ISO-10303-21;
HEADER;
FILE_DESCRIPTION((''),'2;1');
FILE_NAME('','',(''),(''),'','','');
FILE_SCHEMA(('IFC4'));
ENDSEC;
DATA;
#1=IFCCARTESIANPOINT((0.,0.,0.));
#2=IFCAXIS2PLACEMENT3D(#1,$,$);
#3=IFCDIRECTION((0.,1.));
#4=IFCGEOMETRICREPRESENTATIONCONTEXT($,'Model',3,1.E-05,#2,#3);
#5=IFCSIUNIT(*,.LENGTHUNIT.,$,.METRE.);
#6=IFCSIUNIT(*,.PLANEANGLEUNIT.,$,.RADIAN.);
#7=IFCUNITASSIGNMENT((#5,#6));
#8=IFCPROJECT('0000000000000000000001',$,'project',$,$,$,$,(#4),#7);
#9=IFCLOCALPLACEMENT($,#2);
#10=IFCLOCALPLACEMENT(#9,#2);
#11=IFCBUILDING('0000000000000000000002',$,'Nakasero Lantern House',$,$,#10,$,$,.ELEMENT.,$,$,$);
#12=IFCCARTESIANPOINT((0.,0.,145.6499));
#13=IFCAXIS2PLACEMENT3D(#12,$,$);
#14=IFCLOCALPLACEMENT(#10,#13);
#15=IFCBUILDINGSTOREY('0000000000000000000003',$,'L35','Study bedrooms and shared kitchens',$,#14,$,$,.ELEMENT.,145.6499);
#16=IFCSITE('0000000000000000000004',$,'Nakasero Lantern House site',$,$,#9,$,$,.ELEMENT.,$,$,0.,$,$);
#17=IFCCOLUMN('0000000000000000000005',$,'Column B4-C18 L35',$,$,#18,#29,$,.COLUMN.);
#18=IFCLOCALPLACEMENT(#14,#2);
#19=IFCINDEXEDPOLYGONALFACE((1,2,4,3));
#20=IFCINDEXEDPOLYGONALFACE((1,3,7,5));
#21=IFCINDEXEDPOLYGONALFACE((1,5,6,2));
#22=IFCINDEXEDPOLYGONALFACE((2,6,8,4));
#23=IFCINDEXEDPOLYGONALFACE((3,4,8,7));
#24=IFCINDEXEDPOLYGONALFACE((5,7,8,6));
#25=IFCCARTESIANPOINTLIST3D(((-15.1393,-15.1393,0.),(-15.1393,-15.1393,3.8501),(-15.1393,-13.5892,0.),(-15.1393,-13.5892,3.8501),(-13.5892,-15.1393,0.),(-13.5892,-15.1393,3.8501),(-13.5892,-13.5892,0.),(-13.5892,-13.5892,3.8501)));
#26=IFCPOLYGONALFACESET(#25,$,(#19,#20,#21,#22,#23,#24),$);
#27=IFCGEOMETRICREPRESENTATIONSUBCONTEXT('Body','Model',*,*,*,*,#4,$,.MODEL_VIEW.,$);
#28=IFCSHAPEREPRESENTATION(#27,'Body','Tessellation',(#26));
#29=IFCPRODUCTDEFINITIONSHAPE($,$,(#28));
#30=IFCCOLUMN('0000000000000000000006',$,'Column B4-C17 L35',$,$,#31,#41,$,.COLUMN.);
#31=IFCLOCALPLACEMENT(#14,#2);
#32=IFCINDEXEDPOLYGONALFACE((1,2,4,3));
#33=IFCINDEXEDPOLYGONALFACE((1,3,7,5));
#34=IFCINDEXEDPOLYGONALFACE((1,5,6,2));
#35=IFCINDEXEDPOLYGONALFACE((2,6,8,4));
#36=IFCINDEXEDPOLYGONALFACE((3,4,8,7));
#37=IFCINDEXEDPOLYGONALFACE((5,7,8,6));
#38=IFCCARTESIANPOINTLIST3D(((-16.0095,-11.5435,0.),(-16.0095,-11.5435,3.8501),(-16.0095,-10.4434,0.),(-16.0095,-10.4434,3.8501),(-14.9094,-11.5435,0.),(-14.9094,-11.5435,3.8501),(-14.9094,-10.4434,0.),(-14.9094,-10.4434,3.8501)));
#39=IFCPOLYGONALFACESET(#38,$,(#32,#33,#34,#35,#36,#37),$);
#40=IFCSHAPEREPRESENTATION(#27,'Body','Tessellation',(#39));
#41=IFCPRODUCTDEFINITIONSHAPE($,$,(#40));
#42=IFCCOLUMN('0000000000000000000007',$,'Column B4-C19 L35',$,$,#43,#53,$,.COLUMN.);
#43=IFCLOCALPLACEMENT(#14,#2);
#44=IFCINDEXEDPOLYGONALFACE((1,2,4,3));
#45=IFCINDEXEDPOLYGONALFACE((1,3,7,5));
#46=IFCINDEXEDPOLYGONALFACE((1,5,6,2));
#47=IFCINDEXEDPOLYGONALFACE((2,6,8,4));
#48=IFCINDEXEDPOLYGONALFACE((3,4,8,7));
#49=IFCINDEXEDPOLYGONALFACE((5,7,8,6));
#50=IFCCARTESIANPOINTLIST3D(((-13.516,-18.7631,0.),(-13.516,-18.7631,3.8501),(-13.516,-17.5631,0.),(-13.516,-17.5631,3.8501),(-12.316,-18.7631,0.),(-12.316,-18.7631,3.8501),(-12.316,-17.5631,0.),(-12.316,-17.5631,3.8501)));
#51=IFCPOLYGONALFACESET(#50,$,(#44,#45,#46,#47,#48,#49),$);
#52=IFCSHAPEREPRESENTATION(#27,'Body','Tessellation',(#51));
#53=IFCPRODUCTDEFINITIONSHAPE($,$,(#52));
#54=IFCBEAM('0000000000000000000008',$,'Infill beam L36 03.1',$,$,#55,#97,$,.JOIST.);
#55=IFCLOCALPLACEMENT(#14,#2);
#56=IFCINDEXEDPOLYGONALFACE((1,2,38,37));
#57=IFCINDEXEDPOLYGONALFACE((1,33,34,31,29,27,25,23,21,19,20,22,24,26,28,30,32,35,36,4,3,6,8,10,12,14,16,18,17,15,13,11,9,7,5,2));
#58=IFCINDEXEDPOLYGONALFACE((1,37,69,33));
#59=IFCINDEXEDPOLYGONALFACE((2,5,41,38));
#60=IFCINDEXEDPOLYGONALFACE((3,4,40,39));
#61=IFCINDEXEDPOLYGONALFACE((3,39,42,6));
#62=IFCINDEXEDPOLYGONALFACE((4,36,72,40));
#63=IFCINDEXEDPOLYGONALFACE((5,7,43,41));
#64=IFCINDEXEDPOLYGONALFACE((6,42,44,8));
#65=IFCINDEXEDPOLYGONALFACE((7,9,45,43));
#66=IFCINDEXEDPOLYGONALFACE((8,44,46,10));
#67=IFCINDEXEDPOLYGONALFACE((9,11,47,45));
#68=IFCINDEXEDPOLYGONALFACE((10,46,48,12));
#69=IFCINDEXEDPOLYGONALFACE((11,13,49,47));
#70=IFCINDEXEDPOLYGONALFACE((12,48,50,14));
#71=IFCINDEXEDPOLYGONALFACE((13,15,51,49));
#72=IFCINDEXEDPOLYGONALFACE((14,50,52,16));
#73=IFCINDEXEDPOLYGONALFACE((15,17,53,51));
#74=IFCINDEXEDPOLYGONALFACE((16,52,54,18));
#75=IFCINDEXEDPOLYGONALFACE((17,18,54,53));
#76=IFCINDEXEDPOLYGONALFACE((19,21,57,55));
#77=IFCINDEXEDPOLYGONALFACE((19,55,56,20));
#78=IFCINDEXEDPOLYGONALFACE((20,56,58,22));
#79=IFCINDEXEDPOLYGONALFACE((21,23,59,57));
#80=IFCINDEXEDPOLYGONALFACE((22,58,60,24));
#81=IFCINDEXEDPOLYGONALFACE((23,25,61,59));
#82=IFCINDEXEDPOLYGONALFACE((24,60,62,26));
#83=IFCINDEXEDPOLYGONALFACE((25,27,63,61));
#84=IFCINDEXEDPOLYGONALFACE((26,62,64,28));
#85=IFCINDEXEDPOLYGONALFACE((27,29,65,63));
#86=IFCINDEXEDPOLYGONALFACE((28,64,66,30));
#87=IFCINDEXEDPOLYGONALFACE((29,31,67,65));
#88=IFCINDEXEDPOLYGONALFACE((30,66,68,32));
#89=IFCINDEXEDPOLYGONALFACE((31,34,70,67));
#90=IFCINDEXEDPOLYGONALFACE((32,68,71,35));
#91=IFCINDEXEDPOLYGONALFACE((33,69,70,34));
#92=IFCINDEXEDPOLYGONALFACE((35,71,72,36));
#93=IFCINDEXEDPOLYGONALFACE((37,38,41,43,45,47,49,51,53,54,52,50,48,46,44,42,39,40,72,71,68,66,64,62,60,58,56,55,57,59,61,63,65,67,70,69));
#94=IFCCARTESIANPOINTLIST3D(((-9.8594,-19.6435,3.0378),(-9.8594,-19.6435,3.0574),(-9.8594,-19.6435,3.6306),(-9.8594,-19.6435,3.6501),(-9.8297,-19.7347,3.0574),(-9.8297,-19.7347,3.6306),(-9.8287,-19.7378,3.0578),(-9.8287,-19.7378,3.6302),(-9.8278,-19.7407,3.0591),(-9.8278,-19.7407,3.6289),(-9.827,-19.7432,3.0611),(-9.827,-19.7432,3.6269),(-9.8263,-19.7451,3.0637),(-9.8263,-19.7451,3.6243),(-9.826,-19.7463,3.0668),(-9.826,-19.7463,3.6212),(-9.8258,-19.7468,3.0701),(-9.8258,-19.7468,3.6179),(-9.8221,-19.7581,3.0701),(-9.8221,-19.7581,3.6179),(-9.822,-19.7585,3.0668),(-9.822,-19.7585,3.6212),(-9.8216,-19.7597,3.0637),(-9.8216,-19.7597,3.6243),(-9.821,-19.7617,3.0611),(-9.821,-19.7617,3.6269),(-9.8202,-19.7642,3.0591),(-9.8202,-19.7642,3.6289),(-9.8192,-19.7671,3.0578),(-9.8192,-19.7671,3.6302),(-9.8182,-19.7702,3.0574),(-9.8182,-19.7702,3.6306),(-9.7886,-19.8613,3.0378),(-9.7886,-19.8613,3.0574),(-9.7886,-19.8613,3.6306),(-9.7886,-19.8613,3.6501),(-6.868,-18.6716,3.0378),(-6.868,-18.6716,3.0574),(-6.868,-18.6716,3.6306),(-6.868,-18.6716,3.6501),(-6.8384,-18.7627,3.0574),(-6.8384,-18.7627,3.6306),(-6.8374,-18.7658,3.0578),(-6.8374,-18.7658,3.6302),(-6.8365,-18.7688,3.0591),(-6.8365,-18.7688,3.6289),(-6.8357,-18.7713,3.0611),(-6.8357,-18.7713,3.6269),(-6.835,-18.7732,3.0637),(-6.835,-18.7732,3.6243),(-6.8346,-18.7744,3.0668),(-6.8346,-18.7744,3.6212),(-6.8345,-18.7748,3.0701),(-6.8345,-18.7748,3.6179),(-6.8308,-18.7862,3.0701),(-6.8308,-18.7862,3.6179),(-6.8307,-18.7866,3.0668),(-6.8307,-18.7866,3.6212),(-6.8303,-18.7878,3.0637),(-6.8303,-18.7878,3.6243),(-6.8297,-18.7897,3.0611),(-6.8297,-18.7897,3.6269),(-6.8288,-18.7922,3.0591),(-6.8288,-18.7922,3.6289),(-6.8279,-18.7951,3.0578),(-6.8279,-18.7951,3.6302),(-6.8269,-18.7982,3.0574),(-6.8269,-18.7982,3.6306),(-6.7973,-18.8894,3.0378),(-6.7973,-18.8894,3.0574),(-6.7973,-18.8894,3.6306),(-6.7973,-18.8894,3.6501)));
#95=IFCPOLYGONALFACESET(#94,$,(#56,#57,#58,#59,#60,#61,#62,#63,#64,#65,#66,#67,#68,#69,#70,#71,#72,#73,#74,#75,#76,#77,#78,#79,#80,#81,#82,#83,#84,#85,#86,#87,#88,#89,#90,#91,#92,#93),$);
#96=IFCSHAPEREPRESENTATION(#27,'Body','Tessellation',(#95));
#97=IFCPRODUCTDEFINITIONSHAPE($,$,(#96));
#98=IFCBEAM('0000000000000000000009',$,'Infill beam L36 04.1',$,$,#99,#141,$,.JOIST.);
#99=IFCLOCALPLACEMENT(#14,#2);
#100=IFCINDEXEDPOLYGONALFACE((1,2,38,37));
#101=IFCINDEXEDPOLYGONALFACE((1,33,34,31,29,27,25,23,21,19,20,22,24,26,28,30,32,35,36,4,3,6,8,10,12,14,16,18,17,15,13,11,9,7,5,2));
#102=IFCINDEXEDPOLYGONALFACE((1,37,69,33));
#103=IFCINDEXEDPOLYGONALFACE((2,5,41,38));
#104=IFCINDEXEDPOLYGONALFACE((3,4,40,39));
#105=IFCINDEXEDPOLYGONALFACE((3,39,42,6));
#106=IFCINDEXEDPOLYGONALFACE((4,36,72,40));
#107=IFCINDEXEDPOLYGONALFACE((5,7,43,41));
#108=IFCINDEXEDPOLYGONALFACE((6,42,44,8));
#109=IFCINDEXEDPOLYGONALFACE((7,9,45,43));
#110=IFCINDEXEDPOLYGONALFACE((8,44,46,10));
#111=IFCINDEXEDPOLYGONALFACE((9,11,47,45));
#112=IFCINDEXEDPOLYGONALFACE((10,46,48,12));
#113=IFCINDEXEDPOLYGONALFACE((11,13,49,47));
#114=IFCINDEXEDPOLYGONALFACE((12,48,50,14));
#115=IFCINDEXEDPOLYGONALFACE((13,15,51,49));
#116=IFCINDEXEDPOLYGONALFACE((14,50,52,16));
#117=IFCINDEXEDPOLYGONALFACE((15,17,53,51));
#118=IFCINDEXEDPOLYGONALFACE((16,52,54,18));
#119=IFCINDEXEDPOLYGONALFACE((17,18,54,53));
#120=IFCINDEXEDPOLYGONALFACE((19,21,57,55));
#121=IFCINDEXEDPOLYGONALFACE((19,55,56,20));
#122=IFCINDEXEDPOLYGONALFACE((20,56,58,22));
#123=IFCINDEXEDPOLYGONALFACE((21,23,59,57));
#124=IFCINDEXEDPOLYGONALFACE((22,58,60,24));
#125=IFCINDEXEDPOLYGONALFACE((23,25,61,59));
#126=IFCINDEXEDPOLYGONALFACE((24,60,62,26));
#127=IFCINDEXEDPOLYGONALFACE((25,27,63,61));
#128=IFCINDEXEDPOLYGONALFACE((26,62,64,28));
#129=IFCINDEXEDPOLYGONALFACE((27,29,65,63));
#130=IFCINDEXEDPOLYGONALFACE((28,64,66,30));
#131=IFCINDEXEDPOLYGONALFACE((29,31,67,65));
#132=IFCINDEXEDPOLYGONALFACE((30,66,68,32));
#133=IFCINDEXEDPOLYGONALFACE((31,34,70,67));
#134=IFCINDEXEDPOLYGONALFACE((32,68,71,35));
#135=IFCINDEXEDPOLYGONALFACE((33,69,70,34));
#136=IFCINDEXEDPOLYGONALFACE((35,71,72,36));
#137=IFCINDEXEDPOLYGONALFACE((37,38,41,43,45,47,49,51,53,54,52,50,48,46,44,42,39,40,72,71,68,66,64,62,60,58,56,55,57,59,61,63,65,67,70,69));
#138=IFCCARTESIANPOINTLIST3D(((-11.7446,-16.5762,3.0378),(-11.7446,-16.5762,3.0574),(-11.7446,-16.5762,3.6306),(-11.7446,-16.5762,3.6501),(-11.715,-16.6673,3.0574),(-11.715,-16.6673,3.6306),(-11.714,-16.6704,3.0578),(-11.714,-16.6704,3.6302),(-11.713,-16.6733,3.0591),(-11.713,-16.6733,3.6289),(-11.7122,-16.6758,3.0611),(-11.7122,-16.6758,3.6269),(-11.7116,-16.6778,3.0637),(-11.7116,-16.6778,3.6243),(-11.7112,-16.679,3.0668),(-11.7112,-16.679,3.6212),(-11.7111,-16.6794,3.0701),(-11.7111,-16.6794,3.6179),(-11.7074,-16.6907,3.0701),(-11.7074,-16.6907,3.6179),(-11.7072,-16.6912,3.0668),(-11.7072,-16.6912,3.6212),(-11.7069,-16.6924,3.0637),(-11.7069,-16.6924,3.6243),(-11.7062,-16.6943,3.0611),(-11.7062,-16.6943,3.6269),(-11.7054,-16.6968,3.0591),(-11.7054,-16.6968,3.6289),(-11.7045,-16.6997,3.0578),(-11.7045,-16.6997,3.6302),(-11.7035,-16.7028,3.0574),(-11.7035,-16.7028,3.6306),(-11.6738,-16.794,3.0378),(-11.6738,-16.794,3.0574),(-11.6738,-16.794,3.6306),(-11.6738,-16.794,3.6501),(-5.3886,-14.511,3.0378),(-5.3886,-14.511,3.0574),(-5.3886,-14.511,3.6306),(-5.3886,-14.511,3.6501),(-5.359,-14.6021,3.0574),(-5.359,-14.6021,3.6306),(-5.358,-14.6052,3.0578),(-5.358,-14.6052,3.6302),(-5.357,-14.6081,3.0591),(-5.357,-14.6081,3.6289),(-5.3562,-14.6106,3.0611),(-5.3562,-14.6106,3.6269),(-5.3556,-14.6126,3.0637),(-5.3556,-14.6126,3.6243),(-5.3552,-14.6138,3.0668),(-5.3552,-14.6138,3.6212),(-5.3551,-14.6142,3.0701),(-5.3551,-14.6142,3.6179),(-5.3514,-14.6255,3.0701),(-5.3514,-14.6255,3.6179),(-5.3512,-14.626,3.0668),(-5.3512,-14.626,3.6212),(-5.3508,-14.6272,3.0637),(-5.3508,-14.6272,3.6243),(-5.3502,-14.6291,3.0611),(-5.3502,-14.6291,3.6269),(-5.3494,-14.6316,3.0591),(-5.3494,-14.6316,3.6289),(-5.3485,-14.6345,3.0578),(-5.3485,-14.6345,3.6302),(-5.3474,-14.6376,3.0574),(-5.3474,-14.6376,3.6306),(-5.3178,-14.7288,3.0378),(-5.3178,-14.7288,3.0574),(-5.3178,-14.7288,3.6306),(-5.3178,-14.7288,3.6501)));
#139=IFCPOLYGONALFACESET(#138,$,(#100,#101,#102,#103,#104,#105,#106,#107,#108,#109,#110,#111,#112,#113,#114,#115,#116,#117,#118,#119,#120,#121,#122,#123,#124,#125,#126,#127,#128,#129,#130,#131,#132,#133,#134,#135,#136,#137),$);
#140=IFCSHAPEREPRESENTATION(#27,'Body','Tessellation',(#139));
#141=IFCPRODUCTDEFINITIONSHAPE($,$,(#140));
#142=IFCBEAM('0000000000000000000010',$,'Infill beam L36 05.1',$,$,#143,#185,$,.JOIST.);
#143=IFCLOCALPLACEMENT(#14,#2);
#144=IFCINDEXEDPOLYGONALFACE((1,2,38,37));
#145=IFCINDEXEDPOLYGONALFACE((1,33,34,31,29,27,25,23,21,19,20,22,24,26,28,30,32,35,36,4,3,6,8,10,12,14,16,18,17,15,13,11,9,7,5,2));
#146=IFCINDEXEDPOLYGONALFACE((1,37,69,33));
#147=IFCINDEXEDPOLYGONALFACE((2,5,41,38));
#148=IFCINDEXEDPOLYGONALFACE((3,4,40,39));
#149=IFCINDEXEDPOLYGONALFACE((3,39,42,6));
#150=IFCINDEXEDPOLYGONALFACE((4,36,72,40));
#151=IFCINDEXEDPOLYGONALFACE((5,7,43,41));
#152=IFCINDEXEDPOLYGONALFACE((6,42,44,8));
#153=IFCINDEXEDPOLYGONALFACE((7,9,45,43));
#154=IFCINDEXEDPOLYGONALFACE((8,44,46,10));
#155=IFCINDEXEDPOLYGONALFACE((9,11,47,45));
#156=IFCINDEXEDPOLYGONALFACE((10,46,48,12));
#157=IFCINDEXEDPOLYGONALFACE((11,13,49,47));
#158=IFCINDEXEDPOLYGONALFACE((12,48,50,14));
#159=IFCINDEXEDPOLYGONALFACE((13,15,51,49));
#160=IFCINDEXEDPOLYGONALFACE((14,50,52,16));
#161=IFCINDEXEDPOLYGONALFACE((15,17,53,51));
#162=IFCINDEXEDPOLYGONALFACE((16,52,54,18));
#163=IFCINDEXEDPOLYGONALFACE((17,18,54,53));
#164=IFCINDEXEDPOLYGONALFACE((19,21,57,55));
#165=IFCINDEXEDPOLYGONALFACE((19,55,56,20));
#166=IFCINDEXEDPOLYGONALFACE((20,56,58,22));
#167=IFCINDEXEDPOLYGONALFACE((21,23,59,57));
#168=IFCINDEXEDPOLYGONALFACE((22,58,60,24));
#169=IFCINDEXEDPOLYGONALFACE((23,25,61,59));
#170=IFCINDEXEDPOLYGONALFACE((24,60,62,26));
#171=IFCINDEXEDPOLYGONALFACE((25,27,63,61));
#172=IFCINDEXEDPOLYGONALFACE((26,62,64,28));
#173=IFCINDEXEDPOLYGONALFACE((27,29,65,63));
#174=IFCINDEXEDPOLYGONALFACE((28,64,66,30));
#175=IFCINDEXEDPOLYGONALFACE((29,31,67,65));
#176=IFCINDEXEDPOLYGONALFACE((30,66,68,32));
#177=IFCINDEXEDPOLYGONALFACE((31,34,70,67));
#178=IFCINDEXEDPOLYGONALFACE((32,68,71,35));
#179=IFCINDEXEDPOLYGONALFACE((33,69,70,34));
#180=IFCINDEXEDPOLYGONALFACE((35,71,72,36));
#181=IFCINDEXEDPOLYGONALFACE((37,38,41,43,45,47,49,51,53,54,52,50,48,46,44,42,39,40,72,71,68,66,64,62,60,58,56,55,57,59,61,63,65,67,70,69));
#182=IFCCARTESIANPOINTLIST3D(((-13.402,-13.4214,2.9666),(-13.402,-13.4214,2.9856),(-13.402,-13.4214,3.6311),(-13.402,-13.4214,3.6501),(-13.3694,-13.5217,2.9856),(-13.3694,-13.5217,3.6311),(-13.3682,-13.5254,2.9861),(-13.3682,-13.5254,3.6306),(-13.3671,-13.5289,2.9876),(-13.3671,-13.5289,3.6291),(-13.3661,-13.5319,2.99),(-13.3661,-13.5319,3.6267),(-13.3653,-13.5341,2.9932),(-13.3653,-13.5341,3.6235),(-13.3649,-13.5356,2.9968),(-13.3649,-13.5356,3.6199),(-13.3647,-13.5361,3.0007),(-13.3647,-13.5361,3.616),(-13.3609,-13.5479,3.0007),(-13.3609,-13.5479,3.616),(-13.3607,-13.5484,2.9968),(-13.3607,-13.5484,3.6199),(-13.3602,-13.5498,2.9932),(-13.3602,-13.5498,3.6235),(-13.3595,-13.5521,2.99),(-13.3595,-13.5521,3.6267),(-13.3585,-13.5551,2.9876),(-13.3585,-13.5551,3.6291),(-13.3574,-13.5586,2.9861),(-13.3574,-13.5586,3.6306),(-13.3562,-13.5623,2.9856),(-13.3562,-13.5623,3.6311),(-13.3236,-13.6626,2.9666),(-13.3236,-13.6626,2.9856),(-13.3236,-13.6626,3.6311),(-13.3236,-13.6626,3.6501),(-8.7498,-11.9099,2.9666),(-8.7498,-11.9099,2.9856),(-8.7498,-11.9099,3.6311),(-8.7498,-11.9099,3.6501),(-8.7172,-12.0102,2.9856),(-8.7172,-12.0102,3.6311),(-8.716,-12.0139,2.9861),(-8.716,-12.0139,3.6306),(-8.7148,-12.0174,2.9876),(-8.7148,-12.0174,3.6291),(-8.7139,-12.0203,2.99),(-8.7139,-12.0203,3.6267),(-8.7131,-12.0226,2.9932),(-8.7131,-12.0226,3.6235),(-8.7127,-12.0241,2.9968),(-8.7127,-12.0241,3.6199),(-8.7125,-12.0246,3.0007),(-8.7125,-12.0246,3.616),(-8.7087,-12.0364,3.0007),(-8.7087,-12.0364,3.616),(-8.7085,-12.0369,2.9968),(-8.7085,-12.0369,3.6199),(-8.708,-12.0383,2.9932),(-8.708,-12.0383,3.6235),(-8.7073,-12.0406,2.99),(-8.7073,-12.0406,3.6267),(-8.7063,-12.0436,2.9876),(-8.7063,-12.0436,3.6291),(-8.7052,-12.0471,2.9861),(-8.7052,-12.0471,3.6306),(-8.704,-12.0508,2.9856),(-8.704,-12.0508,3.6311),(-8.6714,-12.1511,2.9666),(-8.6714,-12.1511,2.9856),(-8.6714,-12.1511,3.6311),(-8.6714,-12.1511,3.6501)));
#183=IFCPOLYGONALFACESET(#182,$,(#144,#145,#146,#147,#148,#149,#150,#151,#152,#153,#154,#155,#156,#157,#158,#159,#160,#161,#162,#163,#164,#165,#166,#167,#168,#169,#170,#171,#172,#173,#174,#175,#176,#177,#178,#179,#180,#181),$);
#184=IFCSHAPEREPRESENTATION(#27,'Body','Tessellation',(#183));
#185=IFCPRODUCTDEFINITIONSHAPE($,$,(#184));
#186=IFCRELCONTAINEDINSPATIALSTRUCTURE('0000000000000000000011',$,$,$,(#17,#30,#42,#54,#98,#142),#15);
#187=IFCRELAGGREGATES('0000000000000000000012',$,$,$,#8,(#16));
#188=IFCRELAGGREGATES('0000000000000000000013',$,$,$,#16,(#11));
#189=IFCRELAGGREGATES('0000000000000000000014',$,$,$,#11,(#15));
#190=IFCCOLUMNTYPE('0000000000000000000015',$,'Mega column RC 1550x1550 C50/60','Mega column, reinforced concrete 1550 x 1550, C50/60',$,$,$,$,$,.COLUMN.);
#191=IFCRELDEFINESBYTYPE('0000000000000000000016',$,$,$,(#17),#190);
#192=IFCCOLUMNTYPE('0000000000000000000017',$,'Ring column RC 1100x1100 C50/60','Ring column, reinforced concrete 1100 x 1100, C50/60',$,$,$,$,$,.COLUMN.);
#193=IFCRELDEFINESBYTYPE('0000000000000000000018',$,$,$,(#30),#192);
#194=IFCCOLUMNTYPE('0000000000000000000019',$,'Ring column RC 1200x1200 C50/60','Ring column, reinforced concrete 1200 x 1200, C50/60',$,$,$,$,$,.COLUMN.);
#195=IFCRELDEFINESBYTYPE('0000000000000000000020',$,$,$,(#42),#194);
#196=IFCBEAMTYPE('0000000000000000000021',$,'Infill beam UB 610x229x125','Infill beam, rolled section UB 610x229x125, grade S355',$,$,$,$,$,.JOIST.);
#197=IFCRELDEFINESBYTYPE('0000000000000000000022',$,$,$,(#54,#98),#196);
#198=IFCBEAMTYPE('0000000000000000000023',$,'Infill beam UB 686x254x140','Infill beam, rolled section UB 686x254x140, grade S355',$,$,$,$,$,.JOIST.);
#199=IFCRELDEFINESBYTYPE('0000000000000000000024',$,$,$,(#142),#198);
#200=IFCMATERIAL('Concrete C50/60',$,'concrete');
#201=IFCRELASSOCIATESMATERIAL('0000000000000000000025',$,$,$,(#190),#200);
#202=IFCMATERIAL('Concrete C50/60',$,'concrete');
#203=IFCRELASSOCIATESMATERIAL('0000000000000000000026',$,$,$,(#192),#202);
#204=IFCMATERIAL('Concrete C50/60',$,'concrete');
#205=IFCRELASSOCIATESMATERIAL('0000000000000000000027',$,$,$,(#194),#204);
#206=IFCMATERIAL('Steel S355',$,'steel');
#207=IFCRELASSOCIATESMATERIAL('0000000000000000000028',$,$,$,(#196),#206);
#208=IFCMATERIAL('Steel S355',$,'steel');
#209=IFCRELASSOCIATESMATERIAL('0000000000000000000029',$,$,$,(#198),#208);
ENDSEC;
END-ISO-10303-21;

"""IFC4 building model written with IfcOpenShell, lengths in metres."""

from ifc_helpers import new_model, si_unit, direction, frame, origin, origin_2d, place, context, subcontext, project, spatial, rectangle, i_section, extrude, material, material_profile, profile_set, type_object, element, save


model = new_model("IFC4")

# Units and contexts
model_context = context("Model", 3, precision=1e-05, world=origin(), true_north=direction((0.0, 1.0)))
body_context = subcontext(model_context, "Body", "Model", "MODEL_VIEW")
ifc_project = project(units=[si_unit("LENGTHUNIT", "METRE"), si_unit("PLANEANGLEUNIT", "RADIAN")], contexts=[model_context])

# Site, building, storey
site_placement = place(None, origin())
site = spatial("IfcSite", under=ifc_project, at=site_placement, Name="Nakasero Lantern House site", CompositionType="ELEMENT", RefElevation=0.0)
building_placement = place(site_placement, origin())
building = spatial("IfcBuilding", under=site, at=building_placement, Name="Nakasero Lantern House", CompositionType="ELEMENT")
storey_placement = place(building_placement, frame((0.0, 0.0, 145.6499)))
storey = spatial("IfcBuildingStorey", under=building, at=storey_placement, Name="L35", Description="Study bedrooms and shared kitchens", CompositionType="ELEMENT", Elevation=145.6499)

# Columns
ifc_material_1 = material(Name="Concrete C50/60", Category="concrete")
ifc_material_profile_1 = material_profile(ifc_material_1, rectangle(XDim=1.55, YDim=1.55, at=origin_2d()), Name="RC 1550x1550")
ifc_profile_set_1 = profile_set([ifc_material_profile_1], Name="Concrete C50/60")
column_type_1 = type_object("IfcColumnType", Name="Mega column RC 1550x1550 C50/60", Description="Mega column, reinforced concrete 1550 x 1550, C50/60", PredefinedType="COLUMN", material=ifc_profile_set_1)
column_1_placement = place(storey_placement, frame((-14.3643, -14.3643, 0.0), z_axis=(0.0, 0.0, 1.0), x_axis=(1.0, 0.0, 0.0)))
element("IfcColumn", 1, at=column_1_placement, inside=storey, type_object=column_type_1, Name="Column B4-C18 L35", PredefinedType="COLUMN", context=body_context, shape_type="SweptSolid", body=[
    extrude(rectangle(XDim=1.55, YDim=1.55, at=origin_2d()), origin(), (0.0, 0.0, 1.0), 3.8501),
])
ifc_material_2 = material(Name="Concrete C50/60", Category="concrete")
ifc_material_profile_2 = material_profile(ifc_material_2, rectangle(XDim=1.1001, YDim=1.1001, at=origin_2d()), Name="RC 1100x1100")
ifc_profile_set_2 = profile_set([ifc_material_profile_2], Name="Concrete C50/60")
column_type_2 = type_object("IfcColumnType", Name="Ring column RC 1100x1100 C50/60", Description="Ring column, reinforced concrete 1100 x 1100, C50/60", PredefinedType="COLUMN", material=ifc_profile_set_2)
column_2_placement = place(storey_placement, frame((-15.4595, -10.9934, 0.0), z_axis=(0.0, 0.0, 1.0), x_axis=(1.0, 0.0, 0.0)))
element("IfcColumn", 2, at=column_2_placement, inside=storey, type_object=column_type_2, Name="Column B4-C17 L35", PredefinedType="COLUMN", context=body_context, shape_type="SweptSolid", body=[
    extrude(rectangle(XDim=1.1001, YDim=1.1001, at=origin_2d()), origin(), (0.0, 0.0, 1.0), 3.8501),
])
ifc_material_3 = material(Name="Concrete C50/60", Category="concrete")
ifc_material_profile_3 = material_profile(ifc_material_3, rectangle(XDim=1.2, YDim=1.2, at=origin_2d()), Name="RC 1200x1200")
ifc_profile_set_3 = profile_set([ifc_material_profile_3], Name="Concrete C50/60")
column_type_3 = type_object("IfcColumnType", Name="Ring column RC 1200x1200 C50/60", Description="Ring column, reinforced concrete 1200 x 1200, C50/60", PredefinedType="COLUMN", material=ifc_profile_set_3)
column_3_placement = place(storey_placement, frame((-12.916, -18.1631, 0.0), z_axis=(0.0, 0.0, 1.0), x_axis=(1.0, 0.0, 0.0)))
element("IfcColumn", 3, at=column_3_placement, inside=storey, type_object=column_type_3, Name="Column B4-C19 L35", PredefinedType="COLUMN", context=body_context, shape_type="SweptSolid", body=[
    extrude(rectangle(XDim=1.2, YDim=1.2, at=origin_2d()), origin(), (0.0, 0.0, 1.0), 3.8501),
])

# Beams
ifc_material_4 = material(Name="Steel S355", Category="steel")
ifc_material_profile_4 = material_profile(ifc_material_4, i_section(OverallWidth=0.229, OverallDepth=0.6123, WebThickness=0.012, FlangeThickness=0.0195, FilletRadius=0.0127, at=origin_2d()), Name="UB 610x229x125")
ifc_profile_set_4 = profile_set([ifc_material_profile_4], Name="Steel S355")
beam_type_1 = type_object("IfcBeamType", Name="Infill beam UB 610x229x125", Description="Infill beam, rolled section UB 610x229x125, grade S355", PredefinedType="JOIST", material=ifc_profile_set_4)
beam_1_placement = place(storey_placement, frame((-9.824, -19.7524, 3.344), z_axis=(0.951055, 0.309023, 0.0), x_axis=(-0.309023, 0.951055, 0.0)))
element("IfcBeam", 4, at=beam_1_placement, inside=storey, type_object=beam_type_1, Name="Infill beam L36 03.1", PredefinedType="JOIST", context=body_context, shape_type="SweptSolid", body=[
    extrude(i_section(OverallWidth=0.229, OverallDepth=0.6123, WebThickness=0.012, FlangeThickness=0.0195, FilletRadius=0.0127, at=origin_2d()), origin(), (0.0, 0.0, 1.0), 3.1453),
])
beam_2_placement = place(storey_placement, frame((-11.7092, -16.6851, 3.344), z_axis=(0.951056, 0.309018, 0.0), x_axis=(-0.309018, 0.951056, 0.0)))
element("IfcBeam", 5, at=beam_2_placement, inside=storey, type_object=beam_type_1, Name="Infill beam L36 04.1", PredefinedType="JOIST", context=body_context, shape_type="SweptSolid", body=[
    extrude(i_section(OverallWidth=0.229, OverallDepth=0.6123, WebThickness=0.012, FlangeThickness=0.0195, FilletRadius=0.0127, at=origin_2d()), origin(), (0.0, 0.0, 1.0), 6.6831),
])
ifc_material_5 = material(Name="Steel S355", Category="steel")
ifc_material_profile_5 = material_profile(ifc_material_5, i_section(OverallWidth=0.2537, OverallDepth=0.6836, WebThickness=0.0125, FlangeThickness=0.019, FilletRadius=0.0151, at=origin_2d()), Name="UB 686x254x140")
ifc_profile_set_5 = profile_set([ifc_material_profile_5], Name="Steel S355")
beam_type_2 = type_object("IfcBeamType", Name="Infill beam UB 686x254x140", Description="Infill beam, rolled section UB 686x254x140, grade S355", PredefinedType="JOIST", material=ifc_profile_set_5)
beam_3_placement = place(storey_placement, frame((-13.3628, -13.542, 3.3083), z_axis=(0.951062, 0.309001, 0.0), x_axis=(-0.309001, 0.951062, 0.0)))
element("IfcBeam", 6, at=beam_3_placement, inside=storey, type_object=beam_type_2, Name="Infill beam L36 05.1", PredefinedType="JOIST", context=body_context, shape_type="SweptSolid", body=[
    extrude(i_section(OverallWidth=0.2537, OverallDepth=0.6836, WebThickness=0.0125, FlangeThickness=0.019, FilletRadius=0.0151, at=origin_2d()), origin(), (0.0, 0.0, 1.0), 4.8916),
])

save(model, "model.ifc")
